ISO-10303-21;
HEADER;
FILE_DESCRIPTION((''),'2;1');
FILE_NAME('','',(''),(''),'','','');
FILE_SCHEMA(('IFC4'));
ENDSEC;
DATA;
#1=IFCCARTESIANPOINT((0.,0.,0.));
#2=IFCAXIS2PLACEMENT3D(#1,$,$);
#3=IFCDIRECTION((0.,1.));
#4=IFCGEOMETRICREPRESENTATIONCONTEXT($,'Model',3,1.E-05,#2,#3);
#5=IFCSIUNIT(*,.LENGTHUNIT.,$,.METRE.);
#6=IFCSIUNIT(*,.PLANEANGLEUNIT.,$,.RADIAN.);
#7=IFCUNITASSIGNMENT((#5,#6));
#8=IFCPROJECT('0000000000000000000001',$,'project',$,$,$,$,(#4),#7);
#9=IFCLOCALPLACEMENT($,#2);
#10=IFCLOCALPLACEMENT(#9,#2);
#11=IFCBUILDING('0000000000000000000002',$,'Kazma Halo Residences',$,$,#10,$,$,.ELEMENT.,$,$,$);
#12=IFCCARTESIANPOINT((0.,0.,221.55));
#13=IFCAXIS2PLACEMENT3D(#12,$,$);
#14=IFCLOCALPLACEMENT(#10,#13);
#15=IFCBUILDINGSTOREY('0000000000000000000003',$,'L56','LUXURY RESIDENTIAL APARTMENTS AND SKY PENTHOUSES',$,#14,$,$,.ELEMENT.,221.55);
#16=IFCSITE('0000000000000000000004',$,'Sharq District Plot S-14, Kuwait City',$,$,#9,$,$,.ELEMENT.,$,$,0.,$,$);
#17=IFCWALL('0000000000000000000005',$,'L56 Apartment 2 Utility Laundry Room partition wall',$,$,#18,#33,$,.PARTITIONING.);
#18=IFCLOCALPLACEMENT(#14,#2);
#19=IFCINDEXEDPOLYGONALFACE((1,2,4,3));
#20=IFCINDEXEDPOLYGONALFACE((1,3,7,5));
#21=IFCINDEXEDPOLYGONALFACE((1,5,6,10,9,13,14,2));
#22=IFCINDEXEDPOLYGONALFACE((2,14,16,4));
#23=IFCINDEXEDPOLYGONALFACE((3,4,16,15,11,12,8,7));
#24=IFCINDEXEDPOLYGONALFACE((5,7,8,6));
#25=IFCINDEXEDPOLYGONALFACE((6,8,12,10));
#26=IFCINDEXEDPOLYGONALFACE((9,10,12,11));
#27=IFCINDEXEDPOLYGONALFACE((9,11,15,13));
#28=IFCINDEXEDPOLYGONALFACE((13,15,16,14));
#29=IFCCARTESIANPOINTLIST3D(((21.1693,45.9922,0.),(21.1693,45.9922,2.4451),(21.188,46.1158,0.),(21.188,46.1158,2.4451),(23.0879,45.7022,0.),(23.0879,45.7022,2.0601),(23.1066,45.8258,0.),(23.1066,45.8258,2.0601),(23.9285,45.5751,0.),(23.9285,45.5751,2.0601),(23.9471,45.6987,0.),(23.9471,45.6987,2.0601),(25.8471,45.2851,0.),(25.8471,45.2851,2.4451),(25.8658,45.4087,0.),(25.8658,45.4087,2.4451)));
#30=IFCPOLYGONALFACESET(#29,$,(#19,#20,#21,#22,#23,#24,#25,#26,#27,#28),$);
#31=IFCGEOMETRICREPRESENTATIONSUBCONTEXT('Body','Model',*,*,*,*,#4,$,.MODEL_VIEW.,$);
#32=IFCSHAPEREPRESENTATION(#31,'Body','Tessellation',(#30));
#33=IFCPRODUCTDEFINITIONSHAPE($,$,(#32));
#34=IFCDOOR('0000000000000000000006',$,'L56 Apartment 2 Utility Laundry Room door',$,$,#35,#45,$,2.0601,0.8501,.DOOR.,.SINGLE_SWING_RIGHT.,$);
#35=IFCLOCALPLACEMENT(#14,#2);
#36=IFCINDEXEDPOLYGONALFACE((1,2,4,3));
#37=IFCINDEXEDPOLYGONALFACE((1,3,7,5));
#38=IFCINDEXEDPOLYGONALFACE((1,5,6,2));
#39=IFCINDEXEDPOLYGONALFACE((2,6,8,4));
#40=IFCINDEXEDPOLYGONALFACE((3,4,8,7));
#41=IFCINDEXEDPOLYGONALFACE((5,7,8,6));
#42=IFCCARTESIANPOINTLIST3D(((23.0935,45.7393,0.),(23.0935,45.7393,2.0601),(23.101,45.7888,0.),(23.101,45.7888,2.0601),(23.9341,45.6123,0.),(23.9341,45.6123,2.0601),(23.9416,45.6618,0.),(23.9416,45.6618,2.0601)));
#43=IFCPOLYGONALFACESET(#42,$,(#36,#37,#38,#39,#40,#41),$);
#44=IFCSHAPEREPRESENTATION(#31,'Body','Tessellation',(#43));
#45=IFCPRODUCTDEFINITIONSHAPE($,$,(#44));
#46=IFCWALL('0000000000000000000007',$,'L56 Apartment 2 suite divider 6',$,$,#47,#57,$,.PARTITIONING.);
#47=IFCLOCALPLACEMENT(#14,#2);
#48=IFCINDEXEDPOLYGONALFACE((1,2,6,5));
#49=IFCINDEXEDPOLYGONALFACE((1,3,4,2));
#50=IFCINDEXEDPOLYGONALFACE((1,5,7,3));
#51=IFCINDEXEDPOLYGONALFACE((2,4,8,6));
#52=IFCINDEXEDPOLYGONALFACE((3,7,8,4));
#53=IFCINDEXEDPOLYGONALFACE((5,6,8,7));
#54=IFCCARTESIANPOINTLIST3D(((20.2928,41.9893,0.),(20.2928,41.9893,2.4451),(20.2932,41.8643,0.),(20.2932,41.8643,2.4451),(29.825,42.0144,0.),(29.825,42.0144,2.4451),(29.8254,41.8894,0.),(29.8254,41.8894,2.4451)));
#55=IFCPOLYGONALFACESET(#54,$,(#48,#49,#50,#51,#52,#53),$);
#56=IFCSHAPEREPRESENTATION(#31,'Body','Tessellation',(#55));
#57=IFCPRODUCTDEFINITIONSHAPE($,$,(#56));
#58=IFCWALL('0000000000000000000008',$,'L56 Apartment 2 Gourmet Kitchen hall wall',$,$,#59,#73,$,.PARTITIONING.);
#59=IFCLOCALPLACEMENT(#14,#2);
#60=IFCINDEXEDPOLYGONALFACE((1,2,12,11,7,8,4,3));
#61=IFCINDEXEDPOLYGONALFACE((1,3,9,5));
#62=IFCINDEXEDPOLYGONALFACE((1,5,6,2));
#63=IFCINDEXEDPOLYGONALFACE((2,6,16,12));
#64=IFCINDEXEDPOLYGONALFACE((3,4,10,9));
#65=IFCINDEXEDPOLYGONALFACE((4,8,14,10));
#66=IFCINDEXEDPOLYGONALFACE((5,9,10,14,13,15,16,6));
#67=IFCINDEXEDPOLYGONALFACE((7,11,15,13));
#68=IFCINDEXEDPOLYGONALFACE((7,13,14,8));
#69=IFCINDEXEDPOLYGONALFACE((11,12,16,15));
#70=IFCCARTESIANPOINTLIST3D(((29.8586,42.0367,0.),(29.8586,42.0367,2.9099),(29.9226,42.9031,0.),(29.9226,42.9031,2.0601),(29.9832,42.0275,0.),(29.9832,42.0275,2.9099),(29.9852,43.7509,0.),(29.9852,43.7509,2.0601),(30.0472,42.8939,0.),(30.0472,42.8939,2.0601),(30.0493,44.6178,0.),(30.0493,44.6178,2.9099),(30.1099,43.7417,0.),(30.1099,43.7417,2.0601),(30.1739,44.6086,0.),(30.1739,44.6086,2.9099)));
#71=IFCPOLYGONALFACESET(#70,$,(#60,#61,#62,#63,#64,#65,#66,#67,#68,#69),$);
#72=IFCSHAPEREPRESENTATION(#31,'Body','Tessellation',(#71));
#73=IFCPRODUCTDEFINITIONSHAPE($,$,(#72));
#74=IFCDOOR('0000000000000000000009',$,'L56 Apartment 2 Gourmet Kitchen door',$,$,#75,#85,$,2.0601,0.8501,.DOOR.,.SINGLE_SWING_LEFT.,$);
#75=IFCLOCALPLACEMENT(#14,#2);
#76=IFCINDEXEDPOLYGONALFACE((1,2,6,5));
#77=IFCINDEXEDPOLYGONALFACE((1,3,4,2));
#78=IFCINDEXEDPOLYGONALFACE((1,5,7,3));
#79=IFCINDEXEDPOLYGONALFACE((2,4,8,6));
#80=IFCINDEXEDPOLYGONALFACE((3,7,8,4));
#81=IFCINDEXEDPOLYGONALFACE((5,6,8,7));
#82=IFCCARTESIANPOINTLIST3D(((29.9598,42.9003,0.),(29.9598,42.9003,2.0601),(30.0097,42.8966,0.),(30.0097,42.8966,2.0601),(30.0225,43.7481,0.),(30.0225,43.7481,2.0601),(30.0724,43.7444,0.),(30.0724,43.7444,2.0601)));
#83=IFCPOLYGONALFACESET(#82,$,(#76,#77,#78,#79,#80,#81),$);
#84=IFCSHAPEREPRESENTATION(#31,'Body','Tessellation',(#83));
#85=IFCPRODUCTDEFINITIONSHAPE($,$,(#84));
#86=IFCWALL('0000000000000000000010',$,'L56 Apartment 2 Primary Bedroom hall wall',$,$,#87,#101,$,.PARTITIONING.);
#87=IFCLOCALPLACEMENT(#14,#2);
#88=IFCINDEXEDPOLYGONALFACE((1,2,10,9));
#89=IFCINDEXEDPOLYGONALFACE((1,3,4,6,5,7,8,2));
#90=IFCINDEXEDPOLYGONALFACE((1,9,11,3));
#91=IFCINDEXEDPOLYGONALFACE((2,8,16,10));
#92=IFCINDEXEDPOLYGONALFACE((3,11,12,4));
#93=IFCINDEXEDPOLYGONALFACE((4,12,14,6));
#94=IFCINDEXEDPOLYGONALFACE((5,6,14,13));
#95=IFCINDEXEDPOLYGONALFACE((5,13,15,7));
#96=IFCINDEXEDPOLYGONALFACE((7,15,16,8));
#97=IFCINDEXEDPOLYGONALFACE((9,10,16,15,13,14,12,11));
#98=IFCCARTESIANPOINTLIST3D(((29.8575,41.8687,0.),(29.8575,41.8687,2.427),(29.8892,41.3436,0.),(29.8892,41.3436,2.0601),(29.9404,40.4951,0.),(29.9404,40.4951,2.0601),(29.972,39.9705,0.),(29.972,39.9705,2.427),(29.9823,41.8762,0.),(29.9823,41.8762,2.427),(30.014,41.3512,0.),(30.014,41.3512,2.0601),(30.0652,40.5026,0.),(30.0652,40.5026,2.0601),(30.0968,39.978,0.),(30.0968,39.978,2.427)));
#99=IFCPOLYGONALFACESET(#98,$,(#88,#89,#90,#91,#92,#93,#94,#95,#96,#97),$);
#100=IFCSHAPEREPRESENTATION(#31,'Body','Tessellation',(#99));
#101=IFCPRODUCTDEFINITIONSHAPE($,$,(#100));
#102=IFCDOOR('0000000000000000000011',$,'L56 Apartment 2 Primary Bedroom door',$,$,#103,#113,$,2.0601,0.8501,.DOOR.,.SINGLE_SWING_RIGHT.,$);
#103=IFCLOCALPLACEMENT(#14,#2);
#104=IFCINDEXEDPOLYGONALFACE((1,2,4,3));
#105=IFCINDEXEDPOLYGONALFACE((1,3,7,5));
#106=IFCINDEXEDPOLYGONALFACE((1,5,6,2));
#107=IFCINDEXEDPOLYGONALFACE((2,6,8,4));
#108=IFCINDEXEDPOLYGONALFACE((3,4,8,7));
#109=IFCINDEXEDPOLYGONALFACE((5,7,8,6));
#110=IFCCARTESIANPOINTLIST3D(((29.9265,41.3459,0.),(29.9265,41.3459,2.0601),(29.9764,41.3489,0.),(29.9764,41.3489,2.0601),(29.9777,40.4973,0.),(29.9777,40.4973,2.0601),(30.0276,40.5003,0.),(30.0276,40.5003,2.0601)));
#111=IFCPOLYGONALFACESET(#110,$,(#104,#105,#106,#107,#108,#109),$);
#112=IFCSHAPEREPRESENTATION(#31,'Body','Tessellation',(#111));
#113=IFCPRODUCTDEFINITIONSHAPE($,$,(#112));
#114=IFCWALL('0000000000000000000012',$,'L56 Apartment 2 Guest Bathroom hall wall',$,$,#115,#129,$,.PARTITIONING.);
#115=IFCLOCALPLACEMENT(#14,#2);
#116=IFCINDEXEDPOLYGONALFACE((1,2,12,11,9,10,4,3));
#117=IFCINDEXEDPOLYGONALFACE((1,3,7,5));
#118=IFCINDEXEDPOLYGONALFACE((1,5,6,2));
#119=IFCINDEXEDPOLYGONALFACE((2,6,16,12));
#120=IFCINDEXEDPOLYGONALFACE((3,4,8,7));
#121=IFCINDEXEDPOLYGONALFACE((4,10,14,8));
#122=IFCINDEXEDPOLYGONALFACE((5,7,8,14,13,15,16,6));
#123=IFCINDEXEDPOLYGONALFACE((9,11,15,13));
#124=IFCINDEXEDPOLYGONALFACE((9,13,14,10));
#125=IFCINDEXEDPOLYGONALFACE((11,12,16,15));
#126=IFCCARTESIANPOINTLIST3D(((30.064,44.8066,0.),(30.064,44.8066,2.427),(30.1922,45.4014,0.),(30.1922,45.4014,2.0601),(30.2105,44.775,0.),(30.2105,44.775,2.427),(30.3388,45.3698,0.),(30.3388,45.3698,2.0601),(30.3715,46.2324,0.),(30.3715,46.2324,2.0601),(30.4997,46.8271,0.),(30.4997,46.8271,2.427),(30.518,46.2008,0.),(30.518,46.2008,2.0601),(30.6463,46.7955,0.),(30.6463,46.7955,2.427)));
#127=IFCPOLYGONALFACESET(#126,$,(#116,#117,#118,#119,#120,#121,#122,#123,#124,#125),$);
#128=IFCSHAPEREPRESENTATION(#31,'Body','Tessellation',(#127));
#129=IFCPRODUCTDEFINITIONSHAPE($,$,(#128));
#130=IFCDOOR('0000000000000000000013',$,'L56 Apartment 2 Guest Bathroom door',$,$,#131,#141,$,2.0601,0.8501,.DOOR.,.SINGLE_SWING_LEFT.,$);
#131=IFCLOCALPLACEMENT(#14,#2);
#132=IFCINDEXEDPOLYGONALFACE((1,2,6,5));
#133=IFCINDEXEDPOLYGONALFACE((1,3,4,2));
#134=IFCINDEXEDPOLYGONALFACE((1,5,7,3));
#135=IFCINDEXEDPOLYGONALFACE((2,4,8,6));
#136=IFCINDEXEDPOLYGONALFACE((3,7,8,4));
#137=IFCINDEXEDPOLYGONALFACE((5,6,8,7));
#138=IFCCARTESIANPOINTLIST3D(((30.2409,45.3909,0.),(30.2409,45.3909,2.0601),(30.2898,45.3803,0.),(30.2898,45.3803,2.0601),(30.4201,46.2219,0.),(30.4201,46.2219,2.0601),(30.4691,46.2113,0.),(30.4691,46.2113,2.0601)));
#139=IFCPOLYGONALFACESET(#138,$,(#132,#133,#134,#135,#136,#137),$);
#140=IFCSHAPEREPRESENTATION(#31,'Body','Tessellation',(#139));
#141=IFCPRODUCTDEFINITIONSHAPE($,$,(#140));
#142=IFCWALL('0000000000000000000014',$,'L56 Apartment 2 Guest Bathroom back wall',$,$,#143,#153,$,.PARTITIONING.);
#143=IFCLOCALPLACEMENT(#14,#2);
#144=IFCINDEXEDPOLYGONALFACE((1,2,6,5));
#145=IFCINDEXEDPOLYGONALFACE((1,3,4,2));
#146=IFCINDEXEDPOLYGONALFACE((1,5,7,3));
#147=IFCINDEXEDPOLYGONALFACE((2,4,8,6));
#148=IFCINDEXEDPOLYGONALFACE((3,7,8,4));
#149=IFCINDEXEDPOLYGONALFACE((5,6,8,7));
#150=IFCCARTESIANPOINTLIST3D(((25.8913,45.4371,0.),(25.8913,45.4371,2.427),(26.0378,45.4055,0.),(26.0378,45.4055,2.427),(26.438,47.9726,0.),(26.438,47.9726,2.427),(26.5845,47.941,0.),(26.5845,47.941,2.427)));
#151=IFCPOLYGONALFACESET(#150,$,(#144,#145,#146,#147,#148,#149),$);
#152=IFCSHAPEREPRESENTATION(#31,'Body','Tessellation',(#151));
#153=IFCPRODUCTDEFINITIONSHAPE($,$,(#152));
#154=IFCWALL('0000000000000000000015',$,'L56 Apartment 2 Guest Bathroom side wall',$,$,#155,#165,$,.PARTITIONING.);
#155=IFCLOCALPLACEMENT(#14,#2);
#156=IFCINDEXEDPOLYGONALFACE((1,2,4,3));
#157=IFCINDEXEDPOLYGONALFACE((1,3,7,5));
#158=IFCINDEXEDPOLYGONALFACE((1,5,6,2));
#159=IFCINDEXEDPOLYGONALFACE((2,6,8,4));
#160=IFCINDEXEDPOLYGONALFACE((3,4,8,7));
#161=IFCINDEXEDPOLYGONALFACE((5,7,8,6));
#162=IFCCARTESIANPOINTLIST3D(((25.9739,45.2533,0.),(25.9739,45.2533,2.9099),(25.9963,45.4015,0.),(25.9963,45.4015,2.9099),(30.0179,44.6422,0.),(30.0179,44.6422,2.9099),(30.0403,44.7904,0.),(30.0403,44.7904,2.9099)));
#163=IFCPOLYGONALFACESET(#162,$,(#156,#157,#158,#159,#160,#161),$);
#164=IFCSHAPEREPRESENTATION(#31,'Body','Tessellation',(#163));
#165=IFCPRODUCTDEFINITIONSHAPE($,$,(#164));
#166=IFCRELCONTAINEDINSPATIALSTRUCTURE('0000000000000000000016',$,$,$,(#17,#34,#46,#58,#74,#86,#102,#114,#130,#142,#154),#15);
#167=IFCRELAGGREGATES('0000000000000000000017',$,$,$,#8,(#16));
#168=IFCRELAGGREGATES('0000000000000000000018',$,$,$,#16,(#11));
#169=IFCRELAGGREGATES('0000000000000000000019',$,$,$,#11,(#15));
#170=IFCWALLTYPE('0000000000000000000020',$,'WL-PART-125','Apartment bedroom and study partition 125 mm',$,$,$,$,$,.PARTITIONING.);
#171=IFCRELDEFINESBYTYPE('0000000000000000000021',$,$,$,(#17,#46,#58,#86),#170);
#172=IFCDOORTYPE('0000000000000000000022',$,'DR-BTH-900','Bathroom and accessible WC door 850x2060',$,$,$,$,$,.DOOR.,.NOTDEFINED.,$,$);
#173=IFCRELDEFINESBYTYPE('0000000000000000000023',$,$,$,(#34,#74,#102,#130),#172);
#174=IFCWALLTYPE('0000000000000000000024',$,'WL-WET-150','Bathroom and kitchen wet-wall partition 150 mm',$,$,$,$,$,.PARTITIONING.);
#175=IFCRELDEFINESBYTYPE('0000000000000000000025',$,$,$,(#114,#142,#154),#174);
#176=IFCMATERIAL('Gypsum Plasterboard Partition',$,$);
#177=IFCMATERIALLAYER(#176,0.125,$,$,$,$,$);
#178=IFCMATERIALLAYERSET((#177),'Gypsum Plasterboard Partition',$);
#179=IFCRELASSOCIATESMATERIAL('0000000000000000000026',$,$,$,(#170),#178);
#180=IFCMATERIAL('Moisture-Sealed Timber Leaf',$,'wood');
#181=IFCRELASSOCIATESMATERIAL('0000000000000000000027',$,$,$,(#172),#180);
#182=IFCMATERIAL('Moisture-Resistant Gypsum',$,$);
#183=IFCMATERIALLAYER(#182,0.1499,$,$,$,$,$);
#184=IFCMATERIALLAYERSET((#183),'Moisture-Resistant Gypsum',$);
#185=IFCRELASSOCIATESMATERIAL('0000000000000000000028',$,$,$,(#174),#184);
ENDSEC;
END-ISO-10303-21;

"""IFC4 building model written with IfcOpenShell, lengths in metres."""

from ifc_helpers import new_model, si_unit, direction, frame, frame_2d, origin, place, context, subcontext, project, spatial, rectangle, extrude, material, layer, layer_set, type_object, element, fill, save


model = new_model("IFC4")

# Units and contexts
model_context = context("Model", 3, precision=1e-05, world=origin(), true_north=direction((0.0, 1.0)))
body_context = subcontext(model_context, "Body", "Model", "MODEL_VIEW")
ifc_project = project(units=[si_unit("LENGTHUNIT", "METRE"), si_unit("PLANEANGLEUNIT", "RADIAN")], contexts=[model_context])

# Site, building, storey
site_placement = place(None, origin())
site = spatial("IfcSite", under=ifc_project, at=site_placement, Name="Sharq District Plot S-14, Kuwait City", CompositionType="ELEMENT", RefElevation=0.0)
building_placement = place(site_placement, origin())
building = spatial("IfcBuilding", under=site, at=building_placement, Name="Kazma Halo Residences", CompositionType="ELEMENT")
storey_placement = place(building_placement, frame((0.0, 0.0, 221.55)))
storey = spatial("IfcBuildingStorey", under=building, at=storey_placement, Name="L56", Description="LUXURY RESIDENTIAL APARTMENTS AND SKY PENTHOUSES", CompositionType="ELEMENT", Elevation=221.55)

# Shared definitions
ifc_material_1 = material(Name="Gypsum Plasterboard Partition")
ifc_layer_1 = layer(ifc_material_1, 0.125)
ifc_layer_set_1 = layer_set([ifc_layer_1], Name="Gypsum Plasterboard Partition")
wall_type_1 = type_object("IfcWallType", Name="WL-PART-125", Description="Apartment bedroom and study partition 125 mm", PredefinedType="PARTITIONING", material=ifc_layer_set_1)

# Wall, opening, door
ifc_material_2 = material(Name="Moisture-Sealed Timber Leaf", Category="wood")
door_type = type_object("IfcDoorType", Name="DR-BTH-900", Description="Bathroom and accessible WC door 850x2060", OperationType="NOTDEFINED", PredefinedType="DOOR", material=ifc_material_2)
wall_1_placement = place(storey_placement, frame((25.8564, 45.3469, 0.0), z_axis=(0.0, 0.0, 1.0), x_axis=(-0.988769, 0.149451, 0.0)))
wall_1 = element("IfcWall", 1, at=wall_1_placement, inside=storey, type_object=wall_type_1, Name="L56 Apartment 2 Utility Laundry Room partition wall", PredefinedType="PARTITIONING", context=body_context, shape_type="SweptSolid", body=[
    extrude(rectangle(XDim=4.731, YDim=0.125, at=frame_2d((2.3655, 0.0))), origin(), (0.0, 0.0, 1.0), 2.4451),
])
opening_1_placement = place(wall_1_placement, frame((1.9404, 0.0, 0.0)))
opening_1 = element("IfcOpeningElement", 2, at=opening_1_placement, cuts=wall_1, PredefinedType="OPENING", context=body_context, shape_type="SweptSolid", body=[
    extrude(rectangle(XDim=0.8501, YDim=2.0601, at=frame_2d((0.425, 1.03))), frame((0.0, 0.0725, 0.0), z_axis=(0.0, -1.0, 0.0), x_axis=(1.0, 0.0, 0.0)), (0.0, 0.0, 1.0), 0.145),
])
door_1_placement = place(opening_1_placement, origin())
door_1 = element("IfcDoor", 3, at=door_1_placement, inside=storey, type_object=door_type, Name="L56 Apartment 2 Utility Laundry Room door", OperationType="SINGLE_SWING_RIGHT", OverallHeight=2.0601, OverallWidth=0.8501, PredefinedType="DOOR", context=body_context, shape_type="SweptSolid", body=[
    extrude(rectangle(XDim=0.8501, YDim=2.0601, at=frame_2d((0.425, 1.03))), frame((0.0, 0.0249, 0.0), z_axis=(0.0, -1.0, 0.0), x_axis=(1.0, 0.0, 0.0)), (0.0, 0.0, 1.0), 0.05),
])
fill(opening_1, door_1)

# Wall
wall_2_placement = place(storey_placement, frame((29.8252, 41.9519, 0.0), z_axis=(0.0, 0.0, 1.0), x_axis=(-0.999997, -0.002638, 0.0)))
element("IfcWall", 4, at=wall_2_placement, inside=storey, type_object=wall_type_1, Name="L56 Apartment 2 suite divider 6", PredefinedType="PARTITIONING", context=body_context, shape_type="SweptSolid", body=[
    extrude(rectangle(XDim=9.5322, YDim=0.125, at=frame_2d((4.7661, 0.0))), origin(), (0.0, 0.0, 1.0), 2.4451),
])

# Walls, openings, doors
wall_3_placement = place(storey_placement, frame((30.1116, 44.613, 0.0), z_axis=(0.0, 0.0, 1.0), x_axis=(-0.073674, -0.997282, 0.0)))
wall_3 = element("IfcWall", 5, at=wall_3_placement, inside=storey, type_object=wall_type_1, Name="L56 Apartment 2 Gourmet Kitchen hall wall", PredefinedType="PARTITIONING", context=body_context, shape_type="SweptSolid", body=[
    extrude(rectangle(XDim=2.5881, YDim=0.125, at=frame_2d((1.2939, 0.0))), origin(), (0.0, 0.0, 1.0), 2.9099),
])
opening_2_placement = place(wall_3_placement, frame((0.8691, 0.0, 0.0)))
opening_2 = element("IfcOpeningElement", 6, at=opening_2_placement, cuts=wall_3, PredefinedType="OPENING", context=body_context, shape_type="SweptSolid", body=[
    extrude(rectangle(XDim=0.8501, YDim=2.0601, at=frame_2d((0.425, 1.03))), frame((0.0, 0.0725, 0.0), z_axis=(0.0, -1.0, 0.0), x_axis=(1.0, 0.0, 0.0)), (0.0, 0.0, 1.0), 0.145),
])
door_2_placement = place(opening_2_placement, origin())
door_2 = element("IfcDoor", 7, at=door_2_placement, inside=storey, type_object=door_type, Name="L56 Apartment 2 Gourmet Kitchen door", OperationType="SINGLE_SWING_LEFT", OverallHeight=2.0601, OverallWidth=0.8501, PredefinedType="DOOR", context=body_context, shape_type="SweptSolid", body=[
    extrude(rectangle(XDim=0.8501, YDim=2.0601, at=frame_2d((0.425, 1.03))), frame((0.0, 0.0249, 0.0), z_axis=(0.0, -1.0, 0.0), x_axis=(1.0, 0.0, 0.0)), (0.0, 0.0, 1.0), 0.05),
])
fill(opening_2, door_2)
wall_4_placement = place(storey_placement, frame((29.9199, 41.8723, 0.0), z_axis=(0.0, 0.0, 1.0), x_axis=(0.060212, -0.998186, 0.0)))
wall_4 = element("IfcWall", 8, at=wall_4_placement, inside=storey, type_object=wall_type_1, Name="L56 Apartment 2 Primary Bedroom hall wall", PredefinedType="PARTITIONING", context=body_context, shape_type="SweptSolid", body=[
    extrude(rectangle(XDim=1.9016, YDim=0.125, at=frame_2d((0.9507, 0.0))), origin(), (0.0, 0.0, 1.0), 2.427),
])
opening_3_placement = place(wall_4_placement, frame((0.5259, 0.0, 0.0)))
opening_3 = element("IfcOpeningElement", 9, at=opening_3_placement, cuts=wall_4, PredefinedType="OPENING", context=body_context, shape_type="SweptSolid", body=[
    extrude(rectangle(XDim=0.8501, YDim=2.0601, at=frame_2d((0.425, 1.03))), frame((0.0, 0.0725, 0.0), z_axis=(0.0, -1.0, 0.0), x_axis=(1.0, 0.0, 0.0)), (0.0, 0.0, 1.0), 0.145),
])
door_3_placement = place(opening_3_placement, origin())
door_3 = element("IfcDoor", 10, at=door_3_placement, inside=storey, type_object=door_type, Name="L56 Apartment 2 Primary Bedroom door", OperationType="SINGLE_SWING_RIGHT", OverallHeight=2.0601, OverallWidth=0.8501, PredefinedType="DOOR", context=body_context, shape_type="SweptSolid", body=[
    extrude(rectangle(XDim=0.8501, YDim=2.0601, at=frame_2d((0.425, 1.03))), frame((0.0, 0.0249, 0.0), z_axis=(0.0, -1.0, 0.0), x_axis=(1.0, 0.0, 0.0)), (0.0, 0.0, 1.0), 0.05),
])
fill(opening_3, door_3)
ifc_material_3 = material(Name="Moisture-Resistant Gypsum")
ifc_layer_2 = layer(ifc_material_3, 0.1499)
ifc_layer_set_2 = layer_set([ifc_layer_2], Name="Moisture-Resistant Gypsum")
wall_type_2 = type_object("IfcWallType", Name="WL-WET-150", Description="Bathroom and kitchen wet-wall partition 150 mm", PredefinedType="PARTITIONING", material=ifc_layer_set_2)
wall_5_placement = place(storey_placement, frame((30.573, 46.8113, 0.0), z_axis=(0.0, 0.0, 1.0), x_axis=(-0.210836, -0.977522, 0.0)))
wall_5 = element("IfcWall", 11, at=wall_5_placement, inside=storey, type_object=wall_type_2, Name="L56 Apartment 2 Guest Bathroom hall wall", PredefinedType="PARTITIONING", context=body_context, shape_type="SweptSolid", body=[
    extrude(rectangle(XDim=2.0669, YDim=0.1499, at=frame_2d((1.0334, 0.0))), origin(), (0.0, 0.0, 1.0), 2.427),
])
opening_4_placement = place(wall_5_placement, frame((0.6084, 0.0, 0.0)))
opening_4 = element("IfcOpeningElement", 12, at=opening_4_placement, cuts=wall_5, PredefinedType="OPENING", context=body_context, shape_type="SweptSolid", body=[
    extrude(rectangle(XDim=0.8501, YDim=2.0601, at=frame_2d((0.425, 1.03))), frame((0.0, 0.085, 0.0), z_axis=(0.0, -1.0, 0.0), x_axis=(1.0, 0.0, 0.0)), (0.0, 0.0, 1.0), 0.1699),
])
door_4_placement = place(opening_4_placement, origin())
door_4 = element("IfcDoor", 13, at=door_4_placement, inside=storey, type_object=door_type, Name="L56 Apartment 2 Guest Bathroom door", OperationType="SINGLE_SWING_LEFT", OverallHeight=2.0601, OverallWidth=0.8501, PredefinedType="DOOR", context=body_context, shape_type="SweptSolid", body=[
    extrude(rectangle(XDim=0.8501, YDim=2.0601, at=frame_2d((0.425, 1.03))), frame((0.0, 0.0249, 0.0), z_axis=(0.0, -1.0, 0.0), x_axis=(1.0, 0.0, 0.0)), (0.0, 0.0, 1.0), 0.05),
])
fill(opening_4, door_4)

# Walls
wall_6_placement = place(storey_placement, frame((26.5112, 47.9568, 0.0), z_axis=(0.0, 0.0, 1.0), x_axis=(-0.210757, -0.977539, 0.0)))
element("IfcWall", 14, at=wall_6_placement, inside=storey, type_object=wall_type_2, Name="L56 Apartment 2 Guest Bathroom back wall", PredefinedType="PARTITIONING", context=body_context, shape_type="SweptSolid", body=[
    extrude(rectangle(XDim=2.5938, YDim=0.1499, at=frame_2d((1.2969, 0.0))), origin(), (0.0, 0.0, 1.0), 2.427),
])
wall_7_placement = place(storey_placement, frame((30.0291, 44.7163, 0.0), z_axis=(0.0, 0.0, 1.0), x_axis=(-0.988775, 0.149415, 0.0)))
element("IfcWall", 15, at=wall_7_placement, inside=storey, type_object=wall_type_2, Name="L56 Apartment 2 Guest Bathroom side wall", PredefinedType="PARTITIONING", context=body_context, shape_type="SweptSolid", body=[
    extrude(rectangle(XDim=4.0898, YDim=0.1499, at=frame_2d((2.0449, 0.0))), origin(), (0.0, 0.0, 1.0), 2.9099),
])

save(model, "model.ifc")
